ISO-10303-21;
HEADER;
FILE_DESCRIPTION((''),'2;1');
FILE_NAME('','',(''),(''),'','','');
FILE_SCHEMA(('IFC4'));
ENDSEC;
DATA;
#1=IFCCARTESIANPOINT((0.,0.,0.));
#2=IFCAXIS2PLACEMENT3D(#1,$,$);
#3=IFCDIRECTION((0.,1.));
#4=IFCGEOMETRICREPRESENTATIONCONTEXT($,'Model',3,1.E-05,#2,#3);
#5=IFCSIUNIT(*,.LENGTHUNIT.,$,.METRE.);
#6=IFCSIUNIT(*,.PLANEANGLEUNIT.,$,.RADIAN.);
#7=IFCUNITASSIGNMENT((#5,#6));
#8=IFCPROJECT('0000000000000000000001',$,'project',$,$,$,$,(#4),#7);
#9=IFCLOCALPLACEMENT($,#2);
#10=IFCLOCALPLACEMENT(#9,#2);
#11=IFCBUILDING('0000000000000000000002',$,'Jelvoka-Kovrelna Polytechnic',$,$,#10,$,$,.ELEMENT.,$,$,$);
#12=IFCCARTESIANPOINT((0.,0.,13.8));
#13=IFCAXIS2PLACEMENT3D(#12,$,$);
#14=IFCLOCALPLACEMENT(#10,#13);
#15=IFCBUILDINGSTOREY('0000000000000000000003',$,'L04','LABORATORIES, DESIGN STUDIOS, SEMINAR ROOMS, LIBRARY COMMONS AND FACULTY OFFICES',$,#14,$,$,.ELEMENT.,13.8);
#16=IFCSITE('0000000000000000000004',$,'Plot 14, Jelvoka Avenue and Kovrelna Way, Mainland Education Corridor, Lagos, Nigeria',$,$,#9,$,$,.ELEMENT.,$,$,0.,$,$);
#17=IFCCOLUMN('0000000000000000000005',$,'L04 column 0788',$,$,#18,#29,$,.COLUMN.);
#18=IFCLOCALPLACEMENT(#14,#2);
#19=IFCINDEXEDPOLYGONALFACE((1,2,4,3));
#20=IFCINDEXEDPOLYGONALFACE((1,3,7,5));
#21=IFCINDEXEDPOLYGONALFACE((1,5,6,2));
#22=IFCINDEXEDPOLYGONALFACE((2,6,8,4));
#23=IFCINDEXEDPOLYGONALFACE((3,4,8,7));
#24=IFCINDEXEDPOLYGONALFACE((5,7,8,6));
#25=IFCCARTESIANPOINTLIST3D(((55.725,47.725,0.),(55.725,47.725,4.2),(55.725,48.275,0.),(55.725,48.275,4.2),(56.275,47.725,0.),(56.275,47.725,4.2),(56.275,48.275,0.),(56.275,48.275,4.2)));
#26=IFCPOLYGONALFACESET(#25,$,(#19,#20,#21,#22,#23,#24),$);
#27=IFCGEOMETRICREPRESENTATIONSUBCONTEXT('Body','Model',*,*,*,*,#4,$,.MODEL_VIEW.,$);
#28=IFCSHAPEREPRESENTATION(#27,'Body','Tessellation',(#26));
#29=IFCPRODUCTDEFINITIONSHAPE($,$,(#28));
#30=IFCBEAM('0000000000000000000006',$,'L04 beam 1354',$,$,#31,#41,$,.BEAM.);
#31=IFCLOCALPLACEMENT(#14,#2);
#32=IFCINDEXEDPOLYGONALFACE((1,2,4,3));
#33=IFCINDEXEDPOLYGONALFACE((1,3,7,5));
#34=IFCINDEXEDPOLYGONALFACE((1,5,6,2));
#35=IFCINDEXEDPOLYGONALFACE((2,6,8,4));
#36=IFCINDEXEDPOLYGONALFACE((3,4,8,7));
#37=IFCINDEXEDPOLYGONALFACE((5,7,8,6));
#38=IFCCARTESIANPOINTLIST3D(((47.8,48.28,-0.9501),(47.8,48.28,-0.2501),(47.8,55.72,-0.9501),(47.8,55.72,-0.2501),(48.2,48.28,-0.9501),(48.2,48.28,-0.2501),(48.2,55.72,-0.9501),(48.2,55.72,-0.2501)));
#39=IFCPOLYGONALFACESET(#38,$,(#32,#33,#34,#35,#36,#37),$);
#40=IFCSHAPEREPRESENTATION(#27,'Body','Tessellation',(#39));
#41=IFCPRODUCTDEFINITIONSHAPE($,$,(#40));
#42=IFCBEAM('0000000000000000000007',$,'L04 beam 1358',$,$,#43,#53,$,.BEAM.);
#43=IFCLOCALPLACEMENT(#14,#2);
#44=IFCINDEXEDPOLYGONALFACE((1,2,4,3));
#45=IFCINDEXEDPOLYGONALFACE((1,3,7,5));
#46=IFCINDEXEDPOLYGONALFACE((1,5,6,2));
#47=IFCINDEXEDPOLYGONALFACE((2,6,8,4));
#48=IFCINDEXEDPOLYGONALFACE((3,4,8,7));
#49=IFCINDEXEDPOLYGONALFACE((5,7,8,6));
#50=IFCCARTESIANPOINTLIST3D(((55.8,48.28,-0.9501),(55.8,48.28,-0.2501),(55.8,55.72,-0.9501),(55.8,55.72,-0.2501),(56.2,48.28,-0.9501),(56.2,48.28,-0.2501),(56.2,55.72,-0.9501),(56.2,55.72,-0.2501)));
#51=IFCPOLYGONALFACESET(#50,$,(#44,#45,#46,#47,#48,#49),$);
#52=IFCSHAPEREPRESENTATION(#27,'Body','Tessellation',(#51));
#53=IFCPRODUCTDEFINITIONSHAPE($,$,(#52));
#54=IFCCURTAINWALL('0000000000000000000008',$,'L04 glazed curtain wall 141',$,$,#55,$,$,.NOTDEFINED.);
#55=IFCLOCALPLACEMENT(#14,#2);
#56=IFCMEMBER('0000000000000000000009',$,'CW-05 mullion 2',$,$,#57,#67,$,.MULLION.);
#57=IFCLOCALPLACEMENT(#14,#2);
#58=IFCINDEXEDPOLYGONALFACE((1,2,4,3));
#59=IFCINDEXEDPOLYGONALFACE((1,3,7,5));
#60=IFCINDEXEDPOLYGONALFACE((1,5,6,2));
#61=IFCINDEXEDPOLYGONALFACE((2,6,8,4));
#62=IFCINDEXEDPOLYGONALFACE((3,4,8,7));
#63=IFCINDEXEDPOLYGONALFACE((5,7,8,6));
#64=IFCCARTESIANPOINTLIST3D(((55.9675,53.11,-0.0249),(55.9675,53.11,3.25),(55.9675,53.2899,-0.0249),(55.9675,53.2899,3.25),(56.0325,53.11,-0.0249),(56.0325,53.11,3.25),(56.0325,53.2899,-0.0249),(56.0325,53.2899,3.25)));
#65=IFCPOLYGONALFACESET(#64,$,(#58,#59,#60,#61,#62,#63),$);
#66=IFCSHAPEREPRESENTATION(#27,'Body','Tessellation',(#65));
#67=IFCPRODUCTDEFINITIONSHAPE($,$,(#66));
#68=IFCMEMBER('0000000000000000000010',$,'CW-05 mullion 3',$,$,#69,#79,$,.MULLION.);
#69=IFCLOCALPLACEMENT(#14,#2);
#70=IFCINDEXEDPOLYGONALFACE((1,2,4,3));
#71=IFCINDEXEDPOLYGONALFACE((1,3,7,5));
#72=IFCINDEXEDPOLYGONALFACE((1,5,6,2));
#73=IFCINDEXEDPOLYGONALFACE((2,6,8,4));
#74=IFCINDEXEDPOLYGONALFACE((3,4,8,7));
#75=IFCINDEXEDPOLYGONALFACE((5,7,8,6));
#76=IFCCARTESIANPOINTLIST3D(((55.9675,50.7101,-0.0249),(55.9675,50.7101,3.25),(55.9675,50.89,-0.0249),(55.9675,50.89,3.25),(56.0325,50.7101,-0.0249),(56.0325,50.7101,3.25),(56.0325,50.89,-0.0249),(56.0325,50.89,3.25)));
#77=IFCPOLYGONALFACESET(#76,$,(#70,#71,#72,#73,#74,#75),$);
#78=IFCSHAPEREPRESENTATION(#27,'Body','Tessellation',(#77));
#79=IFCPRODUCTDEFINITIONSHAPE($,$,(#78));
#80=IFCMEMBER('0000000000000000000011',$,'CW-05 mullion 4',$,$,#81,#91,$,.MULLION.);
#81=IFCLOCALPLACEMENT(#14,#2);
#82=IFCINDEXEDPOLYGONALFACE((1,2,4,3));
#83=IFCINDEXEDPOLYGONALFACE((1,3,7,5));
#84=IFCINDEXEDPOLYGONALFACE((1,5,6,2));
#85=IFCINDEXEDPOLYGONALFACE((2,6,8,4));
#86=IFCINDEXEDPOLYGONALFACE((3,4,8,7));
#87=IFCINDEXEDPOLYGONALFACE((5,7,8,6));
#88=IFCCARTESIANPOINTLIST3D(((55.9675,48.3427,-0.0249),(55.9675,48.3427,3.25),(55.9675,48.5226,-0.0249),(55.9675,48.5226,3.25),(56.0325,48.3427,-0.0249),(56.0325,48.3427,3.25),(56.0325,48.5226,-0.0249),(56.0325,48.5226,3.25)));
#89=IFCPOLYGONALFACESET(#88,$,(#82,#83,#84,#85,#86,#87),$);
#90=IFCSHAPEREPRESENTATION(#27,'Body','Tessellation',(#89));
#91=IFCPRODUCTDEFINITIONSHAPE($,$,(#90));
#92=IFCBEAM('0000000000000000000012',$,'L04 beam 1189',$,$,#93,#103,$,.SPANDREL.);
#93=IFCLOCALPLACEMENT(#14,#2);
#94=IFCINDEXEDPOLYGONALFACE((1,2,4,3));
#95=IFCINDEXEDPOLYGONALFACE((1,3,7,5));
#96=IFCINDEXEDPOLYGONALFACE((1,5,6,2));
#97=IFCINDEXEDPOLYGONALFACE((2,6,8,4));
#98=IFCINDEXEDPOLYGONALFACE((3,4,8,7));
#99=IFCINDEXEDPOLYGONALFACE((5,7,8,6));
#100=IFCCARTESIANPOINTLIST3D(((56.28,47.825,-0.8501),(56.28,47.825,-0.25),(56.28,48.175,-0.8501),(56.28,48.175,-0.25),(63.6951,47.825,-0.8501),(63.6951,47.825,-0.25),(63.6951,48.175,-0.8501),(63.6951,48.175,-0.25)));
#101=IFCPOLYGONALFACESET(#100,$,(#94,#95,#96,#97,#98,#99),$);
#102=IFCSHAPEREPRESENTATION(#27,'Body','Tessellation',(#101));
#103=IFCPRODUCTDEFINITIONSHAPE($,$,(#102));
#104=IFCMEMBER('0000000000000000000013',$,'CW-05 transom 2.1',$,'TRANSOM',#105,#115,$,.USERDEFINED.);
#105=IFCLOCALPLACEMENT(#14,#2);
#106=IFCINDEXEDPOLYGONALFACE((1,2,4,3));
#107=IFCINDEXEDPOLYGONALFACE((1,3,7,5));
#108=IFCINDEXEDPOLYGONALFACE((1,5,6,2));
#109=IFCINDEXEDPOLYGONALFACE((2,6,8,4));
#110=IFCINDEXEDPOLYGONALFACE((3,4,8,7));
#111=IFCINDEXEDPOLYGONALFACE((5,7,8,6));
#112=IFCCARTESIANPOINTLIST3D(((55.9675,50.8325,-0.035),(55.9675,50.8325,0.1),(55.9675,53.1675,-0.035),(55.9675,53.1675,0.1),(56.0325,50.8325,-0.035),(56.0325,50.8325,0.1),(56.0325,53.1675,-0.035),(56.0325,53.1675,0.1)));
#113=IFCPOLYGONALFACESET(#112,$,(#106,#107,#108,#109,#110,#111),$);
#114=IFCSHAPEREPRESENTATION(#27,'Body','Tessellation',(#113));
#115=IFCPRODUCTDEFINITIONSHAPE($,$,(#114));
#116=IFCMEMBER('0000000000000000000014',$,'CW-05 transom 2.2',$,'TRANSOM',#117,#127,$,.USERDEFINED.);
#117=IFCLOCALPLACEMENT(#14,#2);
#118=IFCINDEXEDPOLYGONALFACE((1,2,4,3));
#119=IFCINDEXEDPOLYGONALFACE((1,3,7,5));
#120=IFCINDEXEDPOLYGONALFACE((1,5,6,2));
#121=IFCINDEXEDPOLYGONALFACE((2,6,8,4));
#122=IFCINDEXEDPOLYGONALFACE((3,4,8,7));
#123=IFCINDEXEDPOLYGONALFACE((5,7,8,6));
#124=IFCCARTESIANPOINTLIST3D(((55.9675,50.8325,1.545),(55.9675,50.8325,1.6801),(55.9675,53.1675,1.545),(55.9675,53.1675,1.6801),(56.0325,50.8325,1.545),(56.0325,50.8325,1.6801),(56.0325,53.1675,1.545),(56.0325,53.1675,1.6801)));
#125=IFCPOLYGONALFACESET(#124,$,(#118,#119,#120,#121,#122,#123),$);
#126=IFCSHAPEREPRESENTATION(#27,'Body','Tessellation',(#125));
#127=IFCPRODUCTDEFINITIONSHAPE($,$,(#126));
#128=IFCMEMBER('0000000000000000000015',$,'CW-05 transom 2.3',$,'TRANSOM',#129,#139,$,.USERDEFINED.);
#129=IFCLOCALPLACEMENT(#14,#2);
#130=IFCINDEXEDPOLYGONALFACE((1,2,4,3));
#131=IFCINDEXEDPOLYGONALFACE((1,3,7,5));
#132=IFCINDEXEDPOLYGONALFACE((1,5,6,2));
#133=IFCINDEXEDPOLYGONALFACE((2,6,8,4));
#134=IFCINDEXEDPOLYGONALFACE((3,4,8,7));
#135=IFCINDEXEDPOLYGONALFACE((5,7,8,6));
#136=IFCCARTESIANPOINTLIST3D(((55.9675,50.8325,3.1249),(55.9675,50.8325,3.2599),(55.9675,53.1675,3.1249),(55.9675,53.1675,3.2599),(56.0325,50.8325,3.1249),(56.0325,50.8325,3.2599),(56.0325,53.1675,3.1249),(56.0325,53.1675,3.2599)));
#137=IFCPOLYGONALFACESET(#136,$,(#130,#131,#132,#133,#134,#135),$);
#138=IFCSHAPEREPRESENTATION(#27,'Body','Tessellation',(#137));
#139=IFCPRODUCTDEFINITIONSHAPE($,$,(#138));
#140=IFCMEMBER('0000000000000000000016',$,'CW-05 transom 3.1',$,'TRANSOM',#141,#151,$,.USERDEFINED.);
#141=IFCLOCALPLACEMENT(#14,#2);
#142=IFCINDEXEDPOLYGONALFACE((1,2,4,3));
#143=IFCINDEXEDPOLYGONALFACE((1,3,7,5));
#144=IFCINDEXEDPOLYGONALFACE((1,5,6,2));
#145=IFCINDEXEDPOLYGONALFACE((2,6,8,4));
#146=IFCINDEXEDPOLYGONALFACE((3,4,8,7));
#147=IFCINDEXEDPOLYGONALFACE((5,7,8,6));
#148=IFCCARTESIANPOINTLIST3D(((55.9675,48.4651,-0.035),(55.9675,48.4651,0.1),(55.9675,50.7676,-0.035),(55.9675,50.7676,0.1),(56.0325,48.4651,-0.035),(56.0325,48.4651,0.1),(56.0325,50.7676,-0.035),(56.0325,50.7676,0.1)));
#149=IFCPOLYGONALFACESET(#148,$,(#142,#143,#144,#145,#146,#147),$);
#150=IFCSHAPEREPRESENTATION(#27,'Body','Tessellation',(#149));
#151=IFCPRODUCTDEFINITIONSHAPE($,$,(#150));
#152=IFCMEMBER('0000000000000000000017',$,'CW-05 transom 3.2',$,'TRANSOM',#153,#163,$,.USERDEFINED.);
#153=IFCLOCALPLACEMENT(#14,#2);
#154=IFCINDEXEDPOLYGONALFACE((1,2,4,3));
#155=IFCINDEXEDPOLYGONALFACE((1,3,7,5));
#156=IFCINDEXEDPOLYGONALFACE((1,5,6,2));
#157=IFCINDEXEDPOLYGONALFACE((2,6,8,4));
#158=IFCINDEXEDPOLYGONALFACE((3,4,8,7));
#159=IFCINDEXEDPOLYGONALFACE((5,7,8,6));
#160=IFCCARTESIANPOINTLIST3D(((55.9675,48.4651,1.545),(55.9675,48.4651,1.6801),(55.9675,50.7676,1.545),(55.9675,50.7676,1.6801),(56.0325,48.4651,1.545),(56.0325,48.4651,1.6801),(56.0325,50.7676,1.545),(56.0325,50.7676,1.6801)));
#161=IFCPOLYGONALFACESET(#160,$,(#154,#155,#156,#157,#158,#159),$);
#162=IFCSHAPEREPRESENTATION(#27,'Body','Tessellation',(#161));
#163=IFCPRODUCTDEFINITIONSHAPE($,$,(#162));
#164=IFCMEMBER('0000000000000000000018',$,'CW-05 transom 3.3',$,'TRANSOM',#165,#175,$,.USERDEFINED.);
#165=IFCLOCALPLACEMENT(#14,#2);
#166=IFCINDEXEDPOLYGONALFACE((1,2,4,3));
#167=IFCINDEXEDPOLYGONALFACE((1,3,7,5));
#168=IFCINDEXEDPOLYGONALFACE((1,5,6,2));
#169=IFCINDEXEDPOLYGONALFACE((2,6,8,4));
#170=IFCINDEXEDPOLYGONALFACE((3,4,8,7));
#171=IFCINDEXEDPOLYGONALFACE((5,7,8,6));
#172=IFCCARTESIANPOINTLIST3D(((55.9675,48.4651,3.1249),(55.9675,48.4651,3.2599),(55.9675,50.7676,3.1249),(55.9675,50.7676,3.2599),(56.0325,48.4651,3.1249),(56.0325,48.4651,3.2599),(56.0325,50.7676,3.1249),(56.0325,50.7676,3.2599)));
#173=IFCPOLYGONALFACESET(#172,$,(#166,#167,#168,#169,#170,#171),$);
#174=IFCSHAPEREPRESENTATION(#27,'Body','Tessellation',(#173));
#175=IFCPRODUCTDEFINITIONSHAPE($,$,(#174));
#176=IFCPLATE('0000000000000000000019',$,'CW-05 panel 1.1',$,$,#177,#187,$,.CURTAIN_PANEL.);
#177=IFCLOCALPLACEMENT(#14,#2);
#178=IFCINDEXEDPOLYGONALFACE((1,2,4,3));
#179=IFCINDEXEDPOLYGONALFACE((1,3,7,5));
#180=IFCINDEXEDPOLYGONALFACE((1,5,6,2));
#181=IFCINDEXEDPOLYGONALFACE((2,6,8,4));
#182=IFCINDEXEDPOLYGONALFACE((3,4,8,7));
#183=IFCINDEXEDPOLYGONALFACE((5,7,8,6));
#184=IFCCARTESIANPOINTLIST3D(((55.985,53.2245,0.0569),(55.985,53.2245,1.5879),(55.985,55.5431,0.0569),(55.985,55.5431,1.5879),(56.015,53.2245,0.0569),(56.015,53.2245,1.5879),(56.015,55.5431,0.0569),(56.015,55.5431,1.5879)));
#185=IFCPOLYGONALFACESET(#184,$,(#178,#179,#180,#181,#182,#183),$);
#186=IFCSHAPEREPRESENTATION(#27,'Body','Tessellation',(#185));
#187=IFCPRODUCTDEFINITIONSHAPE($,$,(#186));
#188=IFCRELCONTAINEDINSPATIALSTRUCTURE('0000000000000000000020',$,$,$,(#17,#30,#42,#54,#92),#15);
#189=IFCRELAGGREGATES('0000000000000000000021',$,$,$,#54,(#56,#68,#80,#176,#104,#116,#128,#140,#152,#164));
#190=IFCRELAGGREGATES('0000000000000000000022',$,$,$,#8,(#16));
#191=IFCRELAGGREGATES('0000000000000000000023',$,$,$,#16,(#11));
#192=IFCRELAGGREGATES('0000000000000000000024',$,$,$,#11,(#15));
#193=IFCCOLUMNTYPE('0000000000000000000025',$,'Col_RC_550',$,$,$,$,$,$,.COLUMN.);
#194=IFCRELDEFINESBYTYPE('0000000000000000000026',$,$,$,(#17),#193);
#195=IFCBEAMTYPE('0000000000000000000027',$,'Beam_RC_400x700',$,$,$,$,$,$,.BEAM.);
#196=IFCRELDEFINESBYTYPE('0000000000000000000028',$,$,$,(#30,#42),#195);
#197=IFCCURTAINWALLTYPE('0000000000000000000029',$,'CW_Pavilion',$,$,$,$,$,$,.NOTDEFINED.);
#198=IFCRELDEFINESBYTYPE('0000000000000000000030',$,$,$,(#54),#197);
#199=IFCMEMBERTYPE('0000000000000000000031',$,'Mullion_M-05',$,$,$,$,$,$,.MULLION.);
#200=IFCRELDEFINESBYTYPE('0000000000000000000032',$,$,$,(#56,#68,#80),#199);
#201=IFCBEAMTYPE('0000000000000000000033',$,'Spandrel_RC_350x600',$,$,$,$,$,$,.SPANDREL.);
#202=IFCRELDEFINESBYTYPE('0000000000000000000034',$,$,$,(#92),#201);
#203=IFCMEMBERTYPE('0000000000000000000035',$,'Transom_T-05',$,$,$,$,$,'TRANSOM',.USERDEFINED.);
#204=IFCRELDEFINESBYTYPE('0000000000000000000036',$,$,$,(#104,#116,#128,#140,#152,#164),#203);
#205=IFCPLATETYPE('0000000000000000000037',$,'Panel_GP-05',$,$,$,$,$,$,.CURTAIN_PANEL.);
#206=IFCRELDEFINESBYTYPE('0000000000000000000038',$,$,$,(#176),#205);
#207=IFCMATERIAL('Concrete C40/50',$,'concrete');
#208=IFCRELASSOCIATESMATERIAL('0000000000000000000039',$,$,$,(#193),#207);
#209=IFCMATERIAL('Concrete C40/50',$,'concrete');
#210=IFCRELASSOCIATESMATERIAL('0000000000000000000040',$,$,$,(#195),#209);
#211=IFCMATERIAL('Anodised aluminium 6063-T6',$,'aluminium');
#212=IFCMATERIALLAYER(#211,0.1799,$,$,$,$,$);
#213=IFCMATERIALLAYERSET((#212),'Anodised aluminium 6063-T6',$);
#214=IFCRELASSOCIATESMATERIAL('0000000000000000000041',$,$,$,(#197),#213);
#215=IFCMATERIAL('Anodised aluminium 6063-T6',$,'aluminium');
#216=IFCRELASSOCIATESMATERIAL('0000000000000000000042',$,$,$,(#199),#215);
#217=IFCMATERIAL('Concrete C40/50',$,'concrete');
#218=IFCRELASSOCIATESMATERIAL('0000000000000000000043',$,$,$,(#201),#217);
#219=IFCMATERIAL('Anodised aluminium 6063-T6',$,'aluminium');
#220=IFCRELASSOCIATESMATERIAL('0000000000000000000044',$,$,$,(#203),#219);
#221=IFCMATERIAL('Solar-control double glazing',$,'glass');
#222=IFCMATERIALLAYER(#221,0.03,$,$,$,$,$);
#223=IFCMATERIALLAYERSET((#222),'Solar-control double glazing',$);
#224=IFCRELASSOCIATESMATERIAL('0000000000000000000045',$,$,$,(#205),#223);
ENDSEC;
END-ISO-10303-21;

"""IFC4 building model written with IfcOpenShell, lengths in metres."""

from ifc_helpers import new_model, si_unit, direction, frame, origin, origin_2d, place, context, subcontext, project, spatial, rectangle, extrude, material, layer, layer_set, material_profile, profile_set, type_object, element, aggregate, save


model = new_model("IFC4")

# Units and contexts
model_context = context("Model", 3, precision=1e-05, world=origin(), true_north=direction((0.0, 1.0)))
body_context = subcontext(model_context, "Body", "Model", "MODEL_VIEW")
ifc_project = project(units=[si_unit("LENGTHUNIT", "METRE"), si_unit("PLANEANGLEUNIT", "RADIAN")], contexts=[model_context])

# Site, building, storey
site_placement = place(None, origin())
site = spatial("IfcSite", under=ifc_project, at=site_placement, Name="Plot 14, Jelvoka Avenue and Kovrelna Way, Mainland Education Corridor, Lagos, Nigeria", CompositionType="ELEMENT", RefElevation=0.0)
building_placement = place(site_placement, origin())
building = spatial("IfcBuilding", under=site, at=building_placement, Name="Jelvoka-Kovrelna Polytechnic", CompositionType="ELEMENT")
storey_placement = place(building_placement, frame((0.0, 0.0, 13.8)))
storey = spatial("IfcBuildingStorey", under=building, at=storey_placement, Name="L04", Description="LABORATORIES, DESIGN STUDIOS, SEMINAR ROOMS, LIBRARY COMMONS AND FACULTY OFFICES", CompositionType="ELEMENT", Elevation=13.8)

# Column
ifc_material_1 = material(Name="Concrete C40/50", Category="concrete")
ifc_material_profile_1 = material_profile(ifc_material_1, rectangle(XDim=0.55, YDim=0.55, at=origin_2d()), Name="RC 550x550")
ifc_profile_set_1 = profile_set([ifc_material_profile_1], Name="Concrete C40/50")
column_type = type_object("IfcColumnType", Name="Col_RC_550", PredefinedType="COLUMN", material=ifc_profile_set_1)
column_placement = place(storey_placement, frame((56.0, 48.0, 0.0), z_axis=(0.0, 0.0, 1.0), x_axis=(1.0, 0.0, 0.0)))
element("IfcColumn", 1, at=column_placement, inside=storey, type_object=column_type, Name="L04 column 0788", PredefinedType="COLUMN", context=body_context, shape_type="SweptSolid", body=[
    extrude(rectangle(XDim=0.55, YDim=0.55, at=origin_2d()), origin(), (0.0, 0.0, 1.0), 4.2),
])

# Beams
ifc_material_2 = material(Name="Concrete C40/50", Category="concrete")
ifc_material_profile_2 = material_profile(ifc_material_2, rectangle(XDim=0.3999, YDim=0.7, at=origin_2d()), Name="RC 400x700")
ifc_profile_set_2 = profile_set([ifc_material_profile_2], Name="Concrete C40/50")
beam_type_1 = type_object("IfcBeamType", Name="Beam_RC_400x700", PredefinedType="BEAM", material=ifc_profile_set_2)
for number, where, z_axis, x_axis, name in (
    (2, (48.0, 48.28, -0.6001), (0.0, 1.0, 0.0), (-1.0, 0.0, 0.0), "L04 beam 1354"),
    (3, (56.0, 48.28, -0.6001), (0.0, 1.0, 0.0), (-1.0, 0.0, 0.0), "L04 beam 1358"),
):
    element("IfcBeam", number, at=place(storey_placement, frame(where, z_axis=z_axis, x_axis=x_axis)), inside=storey, type_object=beam_type_1, Name=name, PredefinedType="BEAM", context=body_context, shape_type="SweptSolid", body=[
        extrude(rectangle(XDim=0.3999, YDim=0.7, at=origin_2d()), origin(), (0.0, 0.0, 1.0), 7.4399),
    ])

# Curtain wall, members
ifc_material_3 = material(Name="Anodised aluminium 6063-T6", Category="aluminium")
ifc_layer_1 = layer(ifc_material_3, 0.1799)
ifc_layer_set_1 = layer_set([ifc_layer_1], Name="Anodised aluminium 6063-T6")
curtain_wall_type = type_object("IfcCurtainWallType", Name="CW_Pavilion", PredefinedType="NOTDEFINED", material=ifc_layer_set_1)
curtain_wall_placement = place(storey_placement, origin())
curtain_wall = element("IfcCurtainWall", 4, at=curtain_wall_placement, inside=storey, type_object=curtain_wall_type, Name="L04 glazed curtain wall 141", PredefinedType="NOTDEFINED")
ifc_material_4 = material(Name="Anodised aluminium 6063-T6", Category="aluminium")
ifc_material_profile_3 = material_profile(ifc_material_4, rectangle(XDim=0.0649, YDim=0.1799, at=origin_2d()), Name="ALU 65x180")
ifc_profile_set_3 = profile_set([ifc_material_profile_3], Name="Anodised aluminium 6063-T6")
member_type_1 = type_object("IfcMemberType", Name="Mullion_M-05", PredefinedType="MULLION", material=ifc_profile_set_3)
member_1_placement = place(storey_placement, frame((56.0, 53.2, -0.0249), z_axis=(0.0, 0.0, 1.0), x_axis=(1.0, 0.0, 0.0)))
member_1 = element("IfcMember", 5, at=member_1_placement, type_object=member_type_1, Name="CW-05 mullion 2", PredefinedType="MULLION", context=body_context, shape_type="SweptSolid", body=[
    extrude(rectangle(XDim=0.0649, YDim=0.1799, at=origin_2d()), origin(), (0.0, 0.0, 1.0), 3.2749),
])
member_2_placement = place(storey_placement, frame((56.0, 50.8, -0.0249), z_axis=(0.0, 0.0, 1.0), x_axis=(1.0, 0.0, 0.0)))
member_2 = element("IfcMember", 6, at=member_2_placement, type_object=member_type_1, Name="CW-05 mullion 3", PredefinedType="MULLION", context=body_context, shape_type="SweptSolid", body=[
    extrude(rectangle(XDim=0.0649, YDim=0.1799, at=origin_2d()), origin(), (0.0, 0.0, 1.0), 3.2749),
])
member_3_placement = place(storey_placement, frame((56.0, 48.4326, -0.0249), z_axis=(0.0, 0.0, 1.0), x_axis=(1.0, 0.0, 0.0)))
member_3 = element("IfcMember", 7, at=member_3_placement, type_object=member_type_1, Name="CW-05 mullion 4", PredefinedType="MULLION", context=body_context, shape_type="SweptSolid", body=[
    extrude(rectangle(XDim=0.0649, YDim=0.1799, at=origin_2d()), origin(), (0.0, 0.0, 1.0), 3.2749),
])

# Beam
ifc_material_5 = material(Name="Concrete C40/50", Category="concrete")
ifc_material_profile_4 = material_profile(ifc_material_5, rectangle(XDim=0.3501, YDim=0.6001, at=origin_2d()), Name="RC 350x600")
ifc_profile_set_4 = profile_set([ifc_material_profile_4], Name="Concrete C40/50")
beam_type_2 = type_object("IfcBeamType", Name="Spandrel_RC_350x600", PredefinedType="SPANDREL", material=ifc_profile_set_4)
beam_placement = place(storey_placement, frame((56.28, 48.0, -0.55), z_axis=(1.0, 0.0, 0.0), x_axis=(0.0, 1.0, 0.0)))
element("IfcBeam", 8, at=beam_placement, inside=storey, type_object=beam_type_2, Name="L04 beam 1189", PredefinedType="SPANDREL", context=body_context, shape_type="SweptSolid", body=[
    extrude(rectangle(XDim=0.3501, YDim=0.6001, at=origin_2d()), origin(), (0.0, 0.0, 1.0), 7.415),
])

# Members
ifc_material_6 = material(Name="Anodised aluminium 6063-T6", Category="aluminium")
ifc_material_profile_5 = material_profile(ifc_material_6, rectangle(XDim=0.0649, YDim=0.135, at=origin_2d()), Name="ALU 65x135")
ifc_profile_set_5 = profile_set([ifc_material_profile_5], Name="Anodised aluminium 6063-T6")
member_type_2 = type_object("IfcMemberType", Name="Transom_T-05", ElementType="TRANSOM", PredefinedType="USERDEFINED", material=ifc_profile_set_5)
member_4_placement = place(storey_placement, frame((56.0, 53.1675, 0.0325), z_axis=(0.0, -1.0, 0.0), x_axis=(1.0, 0.0, 0.0)))
member_4 = element("IfcMember", 9, at=member_4_placement, type_object=member_type_2, Name="CW-05 transom 2.1", ObjectType="TRANSOM", PredefinedType="USERDEFINED", context=body_context, shape_type="SweptSolid", body=[
    extrude(rectangle(XDim=0.0649, YDim=0.135, at=origin_2d()), origin(), (0.0, 0.0, 1.0), 2.335),
])
member_5_placement = place(storey_placement, frame((56.0, 53.1675, 1.6125), z_axis=(0.0, -1.0, 0.0), x_axis=(1.0, 0.0, 0.0)))
member_5 = element("IfcMember", 10, at=member_5_placement, type_object=member_type_2, Name="CW-05 transom 2.2", ObjectType="TRANSOM", PredefinedType="USERDEFINED", context=body_context, shape_type="SweptSolid", body=[
    extrude(rectangle(XDim=0.0649, YDim=0.135, at=origin_2d()), origin(), (0.0, 0.0, 1.0), 2.335),
])
member_6_placement = place(storey_placement, frame((56.0, 53.1675, 3.1924), z_axis=(0.0, -1.0, 0.0), x_axis=(1.0, 0.0, 0.0)))
member_6 = element("IfcMember", 11, at=member_6_placement, type_object=member_type_2, Name="CW-05 transom 2.3", ObjectType="TRANSOM", PredefinedType="USERDEFINED", context=body_context, shape_type="SweptSolid", body=[
    extrude(rectangle(XDim=0.0649, YDim=0.135, at=origin_2d()), origin(), (0.0, 0.0, 1.0), 2.335),
])
member_7_placement = place(storey_placement, frame((56.0, 50.7676, 0.0325), z_axis=(0.0, -1.0, 0.0), x_axis=(1.0, 0.0, 0.0)))
member_7 = element("IfcMember", 12, at=member_7_placement, type_object=member_type_2, Name="CW-05 transom 3.1", ObjectType="TRANSOM", PredefinedType="USERDEFINED", context=body_context, shape_type="SweptSolid", body=[
    extrude(rectangle(XDim=0.0649, YDim=0.135, at=origin_2d()), origin(), (0.0, 0.0, 1.0), 2.3025),
])
member_8_placement = place(storey_placement, frame((56.0, 50.7676, 1.6125), z_axis=(0.0, -1.0, 0.0), x_axis=(1.0, 0.0, 0.0)))
member_8 = element("IfcMember", 13, at=member_8_placement, type_object=member_type_2, Name="CW-05 transom 3.2", ObjectType="TRANSOM", PredefinedType="USERDEFINED", context=body_context, shape_type="SweptSolid", body=[
    extrude(rectangle(XDim=0.0649, YDim=0.135, at=origin_2d()), origin(), (0.0, 0.0, 1.0), 2.3025),
])
member_9_placement = place(storey_placement, frame((56.0, 50.7676, 3.1924), z_axis=(0.0, -1.0, 0.0), x_axis=(1.0, 0.0, 0.0)))
member_9 = element("IfcMember", 14, at=member_9_placement, type_object=member_type_2, Name="CW-05 transom 3.3", ObjectType="TRANSOM", PredefinedType="USERDEFINED", context=body_context, shape_type="SweptSolid", body=[
    extrude(rectangle(XDim=0.0649, YDim=0.135, at=origin_2d()), origin(), (0.0, 0.0, 1.0), 2.3025),
])

# Plate
ifc_material_7 = material(Name="Solar-control double glazing", Category="glass")
ifc_layer_2 = layer(ifc_material_7, 0.03)
ifc_layer_set_2 = layer_set([ifc_layer_2], Name="Solar-control double glazing")
plate_type = type_object("IfcPlateType", Name="Panel_GP-05", PredefinedType="CURTAIN_PANEL", material=ifc_layer_set_2)
plate_1_placement = place(storey_placement, frame((56.0, 54.3838, 0.0569), z_axis=(0.0, 0.0, 1.0), x_axis=(0.0, -1.0, 0.0)))
plate_1 = element("IfcPlate", 15, at=plate_1_placement, type_object=plate_type, Name="CW-05 panel 1.1", PredefinedType="CURTAIN_PANEL", context=body_context, shape_type="SweptSolid", body=[
    extrude(rectangle(XDim=2.3186, YDim=0.03, at=origin_2d()), origin(), (0.0, 0.0, 1.0), 1.531),
])
aggregate(curtain_wall, [member_1, member_2, member_3, plate_1, member_4, member_5, member_6, member_7, member_8, member_9])

save(model, "model.ifc")
